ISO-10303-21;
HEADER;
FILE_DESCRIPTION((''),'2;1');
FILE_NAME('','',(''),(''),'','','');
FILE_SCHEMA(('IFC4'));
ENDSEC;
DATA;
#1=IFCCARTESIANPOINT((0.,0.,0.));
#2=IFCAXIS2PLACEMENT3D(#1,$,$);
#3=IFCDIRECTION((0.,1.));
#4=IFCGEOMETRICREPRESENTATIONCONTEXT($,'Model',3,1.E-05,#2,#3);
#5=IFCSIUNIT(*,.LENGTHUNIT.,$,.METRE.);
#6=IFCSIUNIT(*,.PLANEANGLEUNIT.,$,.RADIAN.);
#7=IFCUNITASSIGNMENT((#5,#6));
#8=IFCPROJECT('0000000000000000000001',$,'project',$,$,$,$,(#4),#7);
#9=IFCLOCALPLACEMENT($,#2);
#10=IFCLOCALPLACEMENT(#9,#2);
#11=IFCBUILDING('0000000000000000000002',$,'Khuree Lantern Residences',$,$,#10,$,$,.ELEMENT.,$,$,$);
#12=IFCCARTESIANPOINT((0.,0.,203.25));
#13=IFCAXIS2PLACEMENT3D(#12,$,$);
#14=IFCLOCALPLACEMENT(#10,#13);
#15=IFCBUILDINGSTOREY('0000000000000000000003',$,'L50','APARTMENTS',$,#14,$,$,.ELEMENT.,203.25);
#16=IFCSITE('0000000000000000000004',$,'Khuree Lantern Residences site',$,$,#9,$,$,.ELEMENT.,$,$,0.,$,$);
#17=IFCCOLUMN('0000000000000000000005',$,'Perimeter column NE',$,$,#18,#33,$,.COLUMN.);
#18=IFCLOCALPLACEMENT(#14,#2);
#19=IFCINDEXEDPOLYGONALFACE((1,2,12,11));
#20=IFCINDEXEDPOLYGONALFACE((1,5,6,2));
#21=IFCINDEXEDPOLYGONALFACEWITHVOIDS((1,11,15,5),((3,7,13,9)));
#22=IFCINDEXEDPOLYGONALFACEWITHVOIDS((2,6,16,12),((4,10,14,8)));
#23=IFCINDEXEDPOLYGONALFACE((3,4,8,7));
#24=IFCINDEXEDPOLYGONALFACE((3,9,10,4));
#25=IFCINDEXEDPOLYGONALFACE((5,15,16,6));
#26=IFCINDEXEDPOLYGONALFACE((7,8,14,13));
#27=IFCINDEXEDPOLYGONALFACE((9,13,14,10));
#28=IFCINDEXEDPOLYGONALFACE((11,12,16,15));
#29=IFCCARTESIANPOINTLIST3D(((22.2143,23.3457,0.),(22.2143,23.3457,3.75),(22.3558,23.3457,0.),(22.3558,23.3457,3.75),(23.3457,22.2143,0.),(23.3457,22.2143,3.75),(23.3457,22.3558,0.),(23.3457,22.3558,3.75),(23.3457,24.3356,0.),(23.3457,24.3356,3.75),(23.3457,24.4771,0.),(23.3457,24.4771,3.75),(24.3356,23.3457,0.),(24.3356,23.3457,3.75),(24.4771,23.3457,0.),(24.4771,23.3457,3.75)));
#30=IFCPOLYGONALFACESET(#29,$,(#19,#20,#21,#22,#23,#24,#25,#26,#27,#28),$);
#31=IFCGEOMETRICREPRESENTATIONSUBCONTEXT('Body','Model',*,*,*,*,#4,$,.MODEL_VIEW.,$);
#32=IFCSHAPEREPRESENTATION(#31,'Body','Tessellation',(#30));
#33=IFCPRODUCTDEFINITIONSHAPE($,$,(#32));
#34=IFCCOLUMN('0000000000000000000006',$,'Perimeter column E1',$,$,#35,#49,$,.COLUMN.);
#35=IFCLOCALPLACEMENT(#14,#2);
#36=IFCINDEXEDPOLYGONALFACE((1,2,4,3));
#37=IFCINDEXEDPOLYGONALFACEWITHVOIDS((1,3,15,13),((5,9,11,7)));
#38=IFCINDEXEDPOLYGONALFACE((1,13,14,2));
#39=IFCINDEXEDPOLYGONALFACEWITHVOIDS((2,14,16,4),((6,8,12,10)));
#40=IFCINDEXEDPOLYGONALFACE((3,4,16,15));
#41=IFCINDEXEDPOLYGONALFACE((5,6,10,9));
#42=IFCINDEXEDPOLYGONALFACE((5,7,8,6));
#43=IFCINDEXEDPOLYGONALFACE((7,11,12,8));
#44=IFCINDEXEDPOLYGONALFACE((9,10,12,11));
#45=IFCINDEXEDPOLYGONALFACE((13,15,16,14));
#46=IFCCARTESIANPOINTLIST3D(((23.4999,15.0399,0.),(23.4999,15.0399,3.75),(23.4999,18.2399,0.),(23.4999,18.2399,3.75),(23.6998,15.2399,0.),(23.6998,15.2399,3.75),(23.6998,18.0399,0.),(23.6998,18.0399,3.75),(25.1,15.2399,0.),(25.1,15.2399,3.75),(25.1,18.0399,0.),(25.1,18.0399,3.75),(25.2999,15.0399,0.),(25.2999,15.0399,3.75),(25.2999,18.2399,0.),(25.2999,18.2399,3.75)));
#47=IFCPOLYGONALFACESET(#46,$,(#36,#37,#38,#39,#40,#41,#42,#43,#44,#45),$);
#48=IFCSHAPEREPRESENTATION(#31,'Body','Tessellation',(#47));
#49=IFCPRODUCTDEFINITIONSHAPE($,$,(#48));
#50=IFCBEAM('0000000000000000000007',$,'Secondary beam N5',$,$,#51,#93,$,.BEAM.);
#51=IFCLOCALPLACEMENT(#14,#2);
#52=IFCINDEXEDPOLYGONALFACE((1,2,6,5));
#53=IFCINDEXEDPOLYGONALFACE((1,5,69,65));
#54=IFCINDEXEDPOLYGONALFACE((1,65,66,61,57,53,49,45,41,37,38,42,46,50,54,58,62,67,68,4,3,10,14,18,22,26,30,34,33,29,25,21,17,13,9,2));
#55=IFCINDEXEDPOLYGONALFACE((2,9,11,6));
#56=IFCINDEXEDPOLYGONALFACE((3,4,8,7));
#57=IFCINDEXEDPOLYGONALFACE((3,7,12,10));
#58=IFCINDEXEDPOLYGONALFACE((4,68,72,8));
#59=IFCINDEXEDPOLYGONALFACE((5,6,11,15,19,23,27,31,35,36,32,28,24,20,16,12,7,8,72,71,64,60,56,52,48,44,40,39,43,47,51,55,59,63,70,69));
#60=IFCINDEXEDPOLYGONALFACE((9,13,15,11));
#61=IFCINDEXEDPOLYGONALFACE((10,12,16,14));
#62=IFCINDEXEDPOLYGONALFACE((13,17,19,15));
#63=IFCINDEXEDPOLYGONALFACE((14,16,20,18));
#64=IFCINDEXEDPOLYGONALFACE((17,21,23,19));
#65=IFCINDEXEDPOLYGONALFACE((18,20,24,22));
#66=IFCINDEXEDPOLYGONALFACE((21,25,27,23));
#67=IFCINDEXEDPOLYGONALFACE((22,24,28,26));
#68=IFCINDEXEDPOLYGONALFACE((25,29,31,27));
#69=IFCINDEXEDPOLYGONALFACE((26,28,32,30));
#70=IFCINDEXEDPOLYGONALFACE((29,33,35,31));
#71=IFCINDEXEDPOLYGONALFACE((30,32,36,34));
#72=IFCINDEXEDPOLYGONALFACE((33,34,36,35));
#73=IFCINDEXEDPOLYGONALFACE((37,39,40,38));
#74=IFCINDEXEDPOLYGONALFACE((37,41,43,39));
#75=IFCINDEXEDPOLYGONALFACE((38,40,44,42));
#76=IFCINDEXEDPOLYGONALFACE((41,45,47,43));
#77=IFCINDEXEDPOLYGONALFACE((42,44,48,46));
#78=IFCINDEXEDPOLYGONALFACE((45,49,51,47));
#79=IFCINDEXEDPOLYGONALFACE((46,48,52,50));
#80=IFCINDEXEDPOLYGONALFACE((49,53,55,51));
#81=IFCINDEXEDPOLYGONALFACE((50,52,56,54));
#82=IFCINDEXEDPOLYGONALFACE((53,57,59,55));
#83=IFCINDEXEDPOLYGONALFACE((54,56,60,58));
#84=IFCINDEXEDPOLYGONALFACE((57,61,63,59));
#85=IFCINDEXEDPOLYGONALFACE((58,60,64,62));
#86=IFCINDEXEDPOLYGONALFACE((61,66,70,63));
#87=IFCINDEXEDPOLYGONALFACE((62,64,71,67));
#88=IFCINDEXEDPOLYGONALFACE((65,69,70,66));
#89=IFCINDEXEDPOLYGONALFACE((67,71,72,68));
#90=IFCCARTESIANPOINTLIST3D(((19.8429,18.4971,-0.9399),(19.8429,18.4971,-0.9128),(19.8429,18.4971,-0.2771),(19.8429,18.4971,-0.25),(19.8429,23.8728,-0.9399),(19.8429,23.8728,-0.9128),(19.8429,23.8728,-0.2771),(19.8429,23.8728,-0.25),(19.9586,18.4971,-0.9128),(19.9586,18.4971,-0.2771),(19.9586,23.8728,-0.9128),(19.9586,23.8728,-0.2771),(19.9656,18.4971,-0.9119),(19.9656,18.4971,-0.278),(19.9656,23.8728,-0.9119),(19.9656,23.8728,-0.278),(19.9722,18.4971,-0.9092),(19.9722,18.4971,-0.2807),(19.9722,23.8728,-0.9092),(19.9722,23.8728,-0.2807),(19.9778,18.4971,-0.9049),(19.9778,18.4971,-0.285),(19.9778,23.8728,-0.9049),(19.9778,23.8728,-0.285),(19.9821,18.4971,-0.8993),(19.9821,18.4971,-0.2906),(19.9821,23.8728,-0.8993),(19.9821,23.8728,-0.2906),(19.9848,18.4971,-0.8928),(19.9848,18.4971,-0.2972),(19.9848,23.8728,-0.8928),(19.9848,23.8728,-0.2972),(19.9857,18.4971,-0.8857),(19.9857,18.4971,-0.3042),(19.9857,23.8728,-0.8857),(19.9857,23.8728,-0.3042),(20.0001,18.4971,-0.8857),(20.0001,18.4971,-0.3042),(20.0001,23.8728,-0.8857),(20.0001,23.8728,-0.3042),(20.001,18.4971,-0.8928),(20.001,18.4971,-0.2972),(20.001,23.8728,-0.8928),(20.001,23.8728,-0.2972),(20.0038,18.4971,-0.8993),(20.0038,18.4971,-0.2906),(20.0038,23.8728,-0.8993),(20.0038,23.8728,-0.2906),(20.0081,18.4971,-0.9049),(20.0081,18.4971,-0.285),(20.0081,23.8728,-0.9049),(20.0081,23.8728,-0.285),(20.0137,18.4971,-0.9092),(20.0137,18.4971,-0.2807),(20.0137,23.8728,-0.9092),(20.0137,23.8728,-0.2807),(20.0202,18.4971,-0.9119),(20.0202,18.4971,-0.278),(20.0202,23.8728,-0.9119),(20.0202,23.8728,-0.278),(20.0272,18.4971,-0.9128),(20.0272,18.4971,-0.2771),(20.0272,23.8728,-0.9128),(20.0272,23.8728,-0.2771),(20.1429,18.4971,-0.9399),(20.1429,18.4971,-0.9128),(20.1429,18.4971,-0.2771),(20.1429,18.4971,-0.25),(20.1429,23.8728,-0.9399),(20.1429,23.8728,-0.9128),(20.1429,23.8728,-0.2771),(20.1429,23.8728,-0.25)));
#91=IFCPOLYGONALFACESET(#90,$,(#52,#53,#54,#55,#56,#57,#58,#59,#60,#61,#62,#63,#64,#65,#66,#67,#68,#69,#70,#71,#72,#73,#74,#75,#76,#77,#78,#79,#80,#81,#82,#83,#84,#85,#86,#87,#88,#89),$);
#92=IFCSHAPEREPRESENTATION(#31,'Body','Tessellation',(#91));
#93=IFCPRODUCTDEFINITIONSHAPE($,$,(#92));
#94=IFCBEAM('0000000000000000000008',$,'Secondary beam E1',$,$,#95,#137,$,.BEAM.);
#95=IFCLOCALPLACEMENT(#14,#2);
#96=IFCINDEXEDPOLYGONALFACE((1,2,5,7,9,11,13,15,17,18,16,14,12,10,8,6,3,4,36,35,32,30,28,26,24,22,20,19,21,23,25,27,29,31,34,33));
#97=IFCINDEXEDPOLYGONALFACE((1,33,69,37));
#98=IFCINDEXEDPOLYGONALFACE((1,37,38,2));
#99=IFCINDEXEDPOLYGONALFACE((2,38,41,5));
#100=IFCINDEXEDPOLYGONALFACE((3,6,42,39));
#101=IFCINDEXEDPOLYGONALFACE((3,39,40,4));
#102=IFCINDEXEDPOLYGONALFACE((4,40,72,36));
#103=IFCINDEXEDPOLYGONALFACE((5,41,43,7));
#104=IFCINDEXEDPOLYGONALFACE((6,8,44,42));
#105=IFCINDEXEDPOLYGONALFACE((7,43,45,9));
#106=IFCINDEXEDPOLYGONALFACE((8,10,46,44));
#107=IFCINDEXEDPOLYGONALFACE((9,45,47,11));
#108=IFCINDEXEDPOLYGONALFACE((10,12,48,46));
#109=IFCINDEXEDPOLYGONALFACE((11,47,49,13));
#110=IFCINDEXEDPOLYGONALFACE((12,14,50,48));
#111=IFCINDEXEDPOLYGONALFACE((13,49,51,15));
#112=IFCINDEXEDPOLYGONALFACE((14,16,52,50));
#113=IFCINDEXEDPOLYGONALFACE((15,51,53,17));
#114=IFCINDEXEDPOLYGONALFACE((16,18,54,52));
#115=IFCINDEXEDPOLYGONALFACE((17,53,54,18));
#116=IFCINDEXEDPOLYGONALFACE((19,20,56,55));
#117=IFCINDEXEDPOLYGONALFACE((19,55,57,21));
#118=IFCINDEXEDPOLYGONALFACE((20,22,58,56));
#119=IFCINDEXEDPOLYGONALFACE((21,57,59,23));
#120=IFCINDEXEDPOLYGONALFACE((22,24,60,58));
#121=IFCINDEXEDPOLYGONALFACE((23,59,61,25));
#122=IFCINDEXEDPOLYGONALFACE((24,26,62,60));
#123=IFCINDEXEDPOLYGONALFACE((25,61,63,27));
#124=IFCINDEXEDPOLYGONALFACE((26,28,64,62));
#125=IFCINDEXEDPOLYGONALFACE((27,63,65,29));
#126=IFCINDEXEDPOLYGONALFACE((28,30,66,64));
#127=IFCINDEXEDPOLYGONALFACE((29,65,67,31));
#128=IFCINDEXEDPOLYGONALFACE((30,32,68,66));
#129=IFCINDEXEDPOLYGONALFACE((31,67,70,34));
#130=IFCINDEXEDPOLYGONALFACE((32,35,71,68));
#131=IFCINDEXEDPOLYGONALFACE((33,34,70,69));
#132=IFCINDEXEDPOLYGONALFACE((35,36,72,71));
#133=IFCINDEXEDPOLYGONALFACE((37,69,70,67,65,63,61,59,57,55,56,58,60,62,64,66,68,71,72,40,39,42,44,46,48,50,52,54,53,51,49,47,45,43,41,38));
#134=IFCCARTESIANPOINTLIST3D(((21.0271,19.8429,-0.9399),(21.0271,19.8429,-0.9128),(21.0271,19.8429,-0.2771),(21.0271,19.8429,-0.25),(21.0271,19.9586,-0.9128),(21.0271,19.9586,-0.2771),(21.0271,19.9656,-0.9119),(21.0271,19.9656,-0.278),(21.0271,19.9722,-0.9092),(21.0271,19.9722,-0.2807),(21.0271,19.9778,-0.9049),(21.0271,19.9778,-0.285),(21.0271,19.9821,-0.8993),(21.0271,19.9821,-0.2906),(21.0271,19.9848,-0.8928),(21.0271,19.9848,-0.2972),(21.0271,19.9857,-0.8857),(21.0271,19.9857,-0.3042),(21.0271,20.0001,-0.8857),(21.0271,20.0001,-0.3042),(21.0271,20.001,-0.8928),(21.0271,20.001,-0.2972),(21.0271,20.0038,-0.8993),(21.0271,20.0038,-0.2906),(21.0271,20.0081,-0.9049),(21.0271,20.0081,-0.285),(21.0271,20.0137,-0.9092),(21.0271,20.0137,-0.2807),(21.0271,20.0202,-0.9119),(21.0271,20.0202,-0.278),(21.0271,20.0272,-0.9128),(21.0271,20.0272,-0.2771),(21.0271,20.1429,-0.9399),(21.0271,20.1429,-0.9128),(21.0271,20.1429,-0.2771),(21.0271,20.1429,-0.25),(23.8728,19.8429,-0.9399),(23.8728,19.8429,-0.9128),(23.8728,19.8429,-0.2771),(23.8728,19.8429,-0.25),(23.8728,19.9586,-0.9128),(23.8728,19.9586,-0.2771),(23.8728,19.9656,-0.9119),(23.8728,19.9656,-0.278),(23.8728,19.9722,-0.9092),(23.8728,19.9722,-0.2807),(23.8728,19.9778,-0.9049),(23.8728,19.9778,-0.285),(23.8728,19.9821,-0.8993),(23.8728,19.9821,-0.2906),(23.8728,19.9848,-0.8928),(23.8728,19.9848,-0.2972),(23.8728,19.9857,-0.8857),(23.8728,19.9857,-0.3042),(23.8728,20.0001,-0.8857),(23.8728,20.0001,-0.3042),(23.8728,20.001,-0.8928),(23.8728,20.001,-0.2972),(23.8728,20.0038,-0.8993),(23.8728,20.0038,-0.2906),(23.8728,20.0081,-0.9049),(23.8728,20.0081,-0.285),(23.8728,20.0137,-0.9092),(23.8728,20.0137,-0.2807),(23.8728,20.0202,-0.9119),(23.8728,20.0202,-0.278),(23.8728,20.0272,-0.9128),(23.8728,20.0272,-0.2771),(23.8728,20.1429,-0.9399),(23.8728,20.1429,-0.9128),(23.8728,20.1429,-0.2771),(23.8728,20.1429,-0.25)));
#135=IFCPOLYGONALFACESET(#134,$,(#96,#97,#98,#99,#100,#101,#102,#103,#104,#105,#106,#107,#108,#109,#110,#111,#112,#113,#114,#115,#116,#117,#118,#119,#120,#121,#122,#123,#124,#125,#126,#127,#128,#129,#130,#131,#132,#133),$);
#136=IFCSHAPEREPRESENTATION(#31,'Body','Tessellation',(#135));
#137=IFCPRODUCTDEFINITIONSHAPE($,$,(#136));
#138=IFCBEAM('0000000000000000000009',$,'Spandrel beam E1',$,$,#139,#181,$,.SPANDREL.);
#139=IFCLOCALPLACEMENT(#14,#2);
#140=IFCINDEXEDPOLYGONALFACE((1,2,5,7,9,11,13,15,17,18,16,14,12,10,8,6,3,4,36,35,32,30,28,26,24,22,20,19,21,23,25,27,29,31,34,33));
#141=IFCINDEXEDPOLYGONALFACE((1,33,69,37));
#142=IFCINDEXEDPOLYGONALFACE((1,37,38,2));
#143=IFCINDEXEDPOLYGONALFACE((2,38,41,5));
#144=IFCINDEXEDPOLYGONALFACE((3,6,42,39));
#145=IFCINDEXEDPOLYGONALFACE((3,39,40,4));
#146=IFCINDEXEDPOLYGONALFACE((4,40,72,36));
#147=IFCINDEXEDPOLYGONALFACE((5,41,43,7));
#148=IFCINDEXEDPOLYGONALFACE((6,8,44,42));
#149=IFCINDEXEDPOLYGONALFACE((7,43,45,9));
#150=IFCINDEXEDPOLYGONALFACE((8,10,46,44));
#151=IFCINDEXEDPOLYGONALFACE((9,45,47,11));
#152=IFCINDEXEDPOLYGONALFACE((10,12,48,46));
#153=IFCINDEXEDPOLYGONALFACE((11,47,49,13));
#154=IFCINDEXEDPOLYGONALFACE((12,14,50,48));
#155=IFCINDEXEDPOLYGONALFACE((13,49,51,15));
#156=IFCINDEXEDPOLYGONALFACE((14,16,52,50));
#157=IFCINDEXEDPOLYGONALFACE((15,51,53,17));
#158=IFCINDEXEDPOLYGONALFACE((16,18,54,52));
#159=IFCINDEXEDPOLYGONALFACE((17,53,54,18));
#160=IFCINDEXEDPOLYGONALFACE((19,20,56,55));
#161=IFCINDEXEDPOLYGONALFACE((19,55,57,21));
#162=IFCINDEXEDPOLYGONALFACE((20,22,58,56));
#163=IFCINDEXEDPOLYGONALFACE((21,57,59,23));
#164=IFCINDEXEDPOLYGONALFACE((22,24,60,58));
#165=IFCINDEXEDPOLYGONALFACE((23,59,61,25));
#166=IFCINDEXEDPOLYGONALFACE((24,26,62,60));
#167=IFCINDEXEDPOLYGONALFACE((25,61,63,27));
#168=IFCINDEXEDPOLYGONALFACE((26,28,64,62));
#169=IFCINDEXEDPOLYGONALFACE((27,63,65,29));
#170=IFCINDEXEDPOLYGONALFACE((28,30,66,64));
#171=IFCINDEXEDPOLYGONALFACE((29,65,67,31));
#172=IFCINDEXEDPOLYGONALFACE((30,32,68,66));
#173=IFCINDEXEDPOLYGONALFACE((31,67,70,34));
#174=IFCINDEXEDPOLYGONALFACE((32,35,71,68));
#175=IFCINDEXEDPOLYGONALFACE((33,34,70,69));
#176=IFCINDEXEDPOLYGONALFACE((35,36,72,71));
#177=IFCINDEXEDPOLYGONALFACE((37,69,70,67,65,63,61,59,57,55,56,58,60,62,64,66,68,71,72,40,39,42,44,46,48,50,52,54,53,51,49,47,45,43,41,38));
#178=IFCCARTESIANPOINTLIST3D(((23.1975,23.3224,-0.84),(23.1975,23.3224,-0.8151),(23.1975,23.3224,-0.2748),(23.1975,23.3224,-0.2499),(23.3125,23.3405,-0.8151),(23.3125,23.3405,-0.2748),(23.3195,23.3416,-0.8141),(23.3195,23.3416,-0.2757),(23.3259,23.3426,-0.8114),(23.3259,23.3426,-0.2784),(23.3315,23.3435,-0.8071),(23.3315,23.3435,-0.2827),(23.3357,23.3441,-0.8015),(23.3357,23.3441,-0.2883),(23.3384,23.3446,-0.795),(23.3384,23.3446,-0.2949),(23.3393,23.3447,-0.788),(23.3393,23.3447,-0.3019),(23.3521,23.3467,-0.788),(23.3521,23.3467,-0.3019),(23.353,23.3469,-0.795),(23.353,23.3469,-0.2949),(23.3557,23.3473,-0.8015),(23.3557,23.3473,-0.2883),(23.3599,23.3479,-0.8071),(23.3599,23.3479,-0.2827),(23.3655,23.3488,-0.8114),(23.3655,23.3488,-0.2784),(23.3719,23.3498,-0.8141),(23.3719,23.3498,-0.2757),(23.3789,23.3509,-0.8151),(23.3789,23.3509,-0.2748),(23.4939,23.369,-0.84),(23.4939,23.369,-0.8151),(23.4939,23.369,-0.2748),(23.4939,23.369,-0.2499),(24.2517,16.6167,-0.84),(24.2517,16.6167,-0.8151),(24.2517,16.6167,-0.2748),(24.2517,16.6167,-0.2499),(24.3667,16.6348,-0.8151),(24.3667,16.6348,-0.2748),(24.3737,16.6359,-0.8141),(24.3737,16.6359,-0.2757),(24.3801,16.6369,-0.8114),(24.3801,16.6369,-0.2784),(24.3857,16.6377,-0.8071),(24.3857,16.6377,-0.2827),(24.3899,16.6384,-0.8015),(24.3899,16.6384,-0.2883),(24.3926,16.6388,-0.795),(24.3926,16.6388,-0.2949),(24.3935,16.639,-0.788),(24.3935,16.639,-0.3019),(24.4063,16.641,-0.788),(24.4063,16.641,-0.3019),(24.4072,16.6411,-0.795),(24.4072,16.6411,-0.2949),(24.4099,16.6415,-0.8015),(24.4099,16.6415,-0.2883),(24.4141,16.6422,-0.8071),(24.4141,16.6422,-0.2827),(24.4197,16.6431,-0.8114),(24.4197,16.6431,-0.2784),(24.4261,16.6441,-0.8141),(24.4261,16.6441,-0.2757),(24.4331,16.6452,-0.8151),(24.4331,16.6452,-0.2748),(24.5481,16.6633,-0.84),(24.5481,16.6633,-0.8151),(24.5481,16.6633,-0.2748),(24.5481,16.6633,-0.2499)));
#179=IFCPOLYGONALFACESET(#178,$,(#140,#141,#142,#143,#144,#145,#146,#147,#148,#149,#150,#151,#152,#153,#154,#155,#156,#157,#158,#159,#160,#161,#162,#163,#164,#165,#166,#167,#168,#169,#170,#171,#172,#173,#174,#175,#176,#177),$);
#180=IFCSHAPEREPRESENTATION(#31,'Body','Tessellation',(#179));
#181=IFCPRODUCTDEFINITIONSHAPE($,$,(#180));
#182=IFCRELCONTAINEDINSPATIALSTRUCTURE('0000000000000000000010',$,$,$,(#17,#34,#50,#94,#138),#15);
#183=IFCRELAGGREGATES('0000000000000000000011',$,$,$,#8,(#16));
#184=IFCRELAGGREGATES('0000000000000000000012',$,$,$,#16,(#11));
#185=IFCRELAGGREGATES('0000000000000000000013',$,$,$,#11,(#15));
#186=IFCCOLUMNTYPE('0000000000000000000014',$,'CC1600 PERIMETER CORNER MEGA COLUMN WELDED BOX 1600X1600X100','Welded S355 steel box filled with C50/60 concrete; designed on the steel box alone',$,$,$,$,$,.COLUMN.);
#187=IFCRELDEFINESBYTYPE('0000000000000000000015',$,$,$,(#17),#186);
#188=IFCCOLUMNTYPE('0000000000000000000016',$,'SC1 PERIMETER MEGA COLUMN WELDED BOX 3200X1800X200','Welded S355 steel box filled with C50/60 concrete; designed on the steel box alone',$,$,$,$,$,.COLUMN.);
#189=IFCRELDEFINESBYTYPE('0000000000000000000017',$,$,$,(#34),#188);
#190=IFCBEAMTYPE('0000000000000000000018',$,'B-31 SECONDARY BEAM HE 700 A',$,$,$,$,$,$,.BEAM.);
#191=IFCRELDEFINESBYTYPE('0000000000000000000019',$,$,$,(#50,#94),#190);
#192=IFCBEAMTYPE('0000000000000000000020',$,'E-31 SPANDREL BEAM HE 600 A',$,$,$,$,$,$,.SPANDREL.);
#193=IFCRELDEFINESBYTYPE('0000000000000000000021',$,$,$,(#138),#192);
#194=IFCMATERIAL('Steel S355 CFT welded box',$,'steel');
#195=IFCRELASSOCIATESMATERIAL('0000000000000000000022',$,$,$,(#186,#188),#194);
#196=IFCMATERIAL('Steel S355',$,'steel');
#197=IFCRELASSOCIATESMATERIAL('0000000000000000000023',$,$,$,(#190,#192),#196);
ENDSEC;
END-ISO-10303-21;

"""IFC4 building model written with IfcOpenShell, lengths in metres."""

from ifc_helpers import new_model, si_unit, direction, frame, origin, origin_2d, place, context, subcontext, project, spatial, hollow_rectangle, i_section, extrude, material, material_profile, profile_set, type_object, element, save


model = new_model("IFC4")

# Units and contexts
model_context = context("Model", 3, precision=1e-05, world=origin(), true_north=direction((0.0, 1.0)))
body_context = subcontext(model_context, "Body", "Model", "MODEL_VIEW")
ifc_project = project(units=[si_unit("LENGTHUNIT", "METRE"), si_unit("PLANEANGLEUNIT", "RADIAN")], contexts=[model_context])

# Site, building, storey
site_placement = place(None, origin())
site = spatial("IfcSite", under=ifc_project, at=site_placement, Name="Khuree Lantern Residences site", CompositionType="ELEMENT", RefElevation=0.0)
building_placement = place(site_placement, origin())
building = spatial("IfcBuilding", under=site, at=building_placement, Name="Khuree Lantern Residences", CompositionType="ELEMENT")
storey_placement = place(building_placement, frame((0.0, 0.0, 203.25)))
storey = spatial("IfcBuildingStorey", under=building, at=storey_placement, Name="L50", Description="APARTMENTS", CompositionType="ELEMENT", Elevation=203.25)

# Columns
ifc_material_1 = material(Name="Steel S355 CFT welded box", Category="steel")
ifc_material_profile_1 = material_profile(ifc_material_1, hollow_rectangle(XDim=1.6001, YDim=1.6001, WallThickness=0.1001, at=origin_2d()), Name="WELDED BOX 1600X1600X100")
ifc_profile_set_1 = profile_set([ifc_material_profile_1], Name="Steel S355 CFT welded box")
column_type_1 = type_object("IfcColumnType", Name="CC1600 PERIMETER CORNER MEGA COLUMN WELDED BOX 1600X1600X100", Description="Welded S355 steel box filled with C50/60 concrete; designed on the steel box alone", PredefinedType="COLUMN", material=ifc_profile_set_1)
column_1_placement = place(storey_placement, frame((23.3457, 23.3457, 0.0), z_axis=(0.0, 0.0, 1.0), x_axis=(0.707107, -0.707107, 0.0)))
element("IfcColumn", 1, at=column_1_placement, inside=storey, type_object=column_type_1, Name="Perimeter column NE", PredefinedType="COLUMN", context=body_context, shape_type="SweptSolid", body=[
    extrude(hollow_rectangle(XDim=1.6001, YDim=1.6001, WallThickness=0.1001, at=origin_2d()), origin(), (0.0, 0.0, 1.0), 3.75),
])
ifc_material_profile_2 = material_profile(ifc_material_1, hollow_rectangle(XDim=3.2, YDim=1.8, WallThickness=0.2, at=origin_2d()), Name="WELDED BOX 3200X1800X200")
ifc_profile_set_2 = profile_set([ifc_material_profile_2], Name="Steel S355 CFT welded box")
column_type_2 = type_object("IfcColumnType", Name="SC1 PERIMETER MEGA COLUMN WELDED BOX 3200X1800X200", Description="Welded S355 steel box filled with C50/60 concrete; designed on the steel box alone", PredefinedType="COLUMN", material=ifc_profile_set_2)
column_2_placement = place(storey_placement, frame((24.3999, 16.6399, 0.0), z_axis=(0.0, 0.0, 1.0), x_axis=(0.0, 1.0, 0.0)))
element("IfcColumn", 2, at=column_2_placement, inside=storey, type_object=column_type_2, Name="Perimeter column E1", PredefinedType="COLUMN", context=body_context, shape_type="SweptSolid", body=[
    extrude(hollow_rectangle(XDim=3.2, YDim=1.8, WallThickness=0.2, at=origin_2d()), origin(), (0.0, 0.0, 1.0), 3.75),
])

# Beams
ifc_material_2 = material(Name="Steel S355", Category="steel")
ifc_material_profile_3 = material_profile(ifc_material_2, i_section(OverallWidth=0.3, OverallDepth=0.6899, WebThickness=0.0144, FlangeThickness=0.0271, FilletRadius=0.0271, at=origin_2d()), Name="HE 700 A")
ifc_profile_set_3 = profile_set([ifc_material_profile_3], Name="Steel S355")
beam_type_1 = type_object("IfcBeamType", Name="B-31 SECONDARY BEAM HE 700 A", PredefinedType="BEAM", material=ifc_profile_set_3)
beam_1_placement = place(storey_placement, frame((19.9929, 23.8728, -0.595), z_axis=(0.0, -1.0, 0.0), x_axis=(1.0, 0.0, 0.0)))
element("IfcBeam", 3, at=beam_1_placement, inside=storey, type_object=beam_type_1, Name="Secondary beam N5", PredefinedType="BEAM", context=body_context, shape_type="SweptSolid", body=[
    extrude(i_section(OverallWidth=0.3, OverallDepth=0.6899, WebThickness=0.0144, FlangeThickness=0.0271, FilletRadius=0.0271, at=origin_2d()), origin(), (0.0, 0.0, 1.0), 5.3757),
])
beam_2_placement = place(storey_placement, frame((23.8728, 19.9929, -0.595), z_axis=(-1.0, 0.0, 0.0), x_axis=(0.0, -1.0, 0.0)))
element("IfcBeam", 4, at=beam_2_placement, inside=storey, type_object=beam_type_1, Name="Secondary beam E1", PredefinedType="BEAM", context=body_context, shape_type="SweptSolid", body=[
    extrude(i_section(OverallWidth=0.3, OverallDepth=0.6899, WebThickness=0.0144, FlangeThickness=0.0271, FilletRadius=0.0271, at=origin_2d()), origin(), (0.0, 0.0, 1.0), 2.8457),
])
ifc_material_profile_4 = material_profile(ifc_material_2, i_section(OverallWidth=0.3, OverallDepth=0.5901, WebThickness=0.0129, FlangeThickness=0.0249, FilletRadius=0.0271, at=origin_2d()), Name="HE 600 A")
ifc_profile_set_4 = profile_set([ifc_material_profile_4], Name="Steel S355")
beam_type_2 = type_object("IfcBeamType", Name="E-31 SPANDREL BEAM HE 600 A", PredefinedType="SPANDREL", material=ifc_profile_set_4)
beam_3_placement = place(storey_placement, frame((23.3457, 23.3457, -0.5449), z_axis=(0.1553, -0.987867, 0.0), x_axis=(0.987867, 0.1553, 0.0)))
element("IfcBeam", 5, at=beam_3_placement, inside=storey, type_object=beam_type_2, Name="Spandrel beam E1", PredefinedType="SPANDREL", context=body_context, shape_type="SweptSolid", body=[
    extrude(i_section(OverallWidth=0.3, OverallDepth=0.5901, WebThickness=0.0129, FlangeThickness=0.0249, FilletRadius=0.0271, at=origin_2d()), origin(), (0.0, 0.0, 1.0), 6.7881),
])

save(model, "model.ifc")
